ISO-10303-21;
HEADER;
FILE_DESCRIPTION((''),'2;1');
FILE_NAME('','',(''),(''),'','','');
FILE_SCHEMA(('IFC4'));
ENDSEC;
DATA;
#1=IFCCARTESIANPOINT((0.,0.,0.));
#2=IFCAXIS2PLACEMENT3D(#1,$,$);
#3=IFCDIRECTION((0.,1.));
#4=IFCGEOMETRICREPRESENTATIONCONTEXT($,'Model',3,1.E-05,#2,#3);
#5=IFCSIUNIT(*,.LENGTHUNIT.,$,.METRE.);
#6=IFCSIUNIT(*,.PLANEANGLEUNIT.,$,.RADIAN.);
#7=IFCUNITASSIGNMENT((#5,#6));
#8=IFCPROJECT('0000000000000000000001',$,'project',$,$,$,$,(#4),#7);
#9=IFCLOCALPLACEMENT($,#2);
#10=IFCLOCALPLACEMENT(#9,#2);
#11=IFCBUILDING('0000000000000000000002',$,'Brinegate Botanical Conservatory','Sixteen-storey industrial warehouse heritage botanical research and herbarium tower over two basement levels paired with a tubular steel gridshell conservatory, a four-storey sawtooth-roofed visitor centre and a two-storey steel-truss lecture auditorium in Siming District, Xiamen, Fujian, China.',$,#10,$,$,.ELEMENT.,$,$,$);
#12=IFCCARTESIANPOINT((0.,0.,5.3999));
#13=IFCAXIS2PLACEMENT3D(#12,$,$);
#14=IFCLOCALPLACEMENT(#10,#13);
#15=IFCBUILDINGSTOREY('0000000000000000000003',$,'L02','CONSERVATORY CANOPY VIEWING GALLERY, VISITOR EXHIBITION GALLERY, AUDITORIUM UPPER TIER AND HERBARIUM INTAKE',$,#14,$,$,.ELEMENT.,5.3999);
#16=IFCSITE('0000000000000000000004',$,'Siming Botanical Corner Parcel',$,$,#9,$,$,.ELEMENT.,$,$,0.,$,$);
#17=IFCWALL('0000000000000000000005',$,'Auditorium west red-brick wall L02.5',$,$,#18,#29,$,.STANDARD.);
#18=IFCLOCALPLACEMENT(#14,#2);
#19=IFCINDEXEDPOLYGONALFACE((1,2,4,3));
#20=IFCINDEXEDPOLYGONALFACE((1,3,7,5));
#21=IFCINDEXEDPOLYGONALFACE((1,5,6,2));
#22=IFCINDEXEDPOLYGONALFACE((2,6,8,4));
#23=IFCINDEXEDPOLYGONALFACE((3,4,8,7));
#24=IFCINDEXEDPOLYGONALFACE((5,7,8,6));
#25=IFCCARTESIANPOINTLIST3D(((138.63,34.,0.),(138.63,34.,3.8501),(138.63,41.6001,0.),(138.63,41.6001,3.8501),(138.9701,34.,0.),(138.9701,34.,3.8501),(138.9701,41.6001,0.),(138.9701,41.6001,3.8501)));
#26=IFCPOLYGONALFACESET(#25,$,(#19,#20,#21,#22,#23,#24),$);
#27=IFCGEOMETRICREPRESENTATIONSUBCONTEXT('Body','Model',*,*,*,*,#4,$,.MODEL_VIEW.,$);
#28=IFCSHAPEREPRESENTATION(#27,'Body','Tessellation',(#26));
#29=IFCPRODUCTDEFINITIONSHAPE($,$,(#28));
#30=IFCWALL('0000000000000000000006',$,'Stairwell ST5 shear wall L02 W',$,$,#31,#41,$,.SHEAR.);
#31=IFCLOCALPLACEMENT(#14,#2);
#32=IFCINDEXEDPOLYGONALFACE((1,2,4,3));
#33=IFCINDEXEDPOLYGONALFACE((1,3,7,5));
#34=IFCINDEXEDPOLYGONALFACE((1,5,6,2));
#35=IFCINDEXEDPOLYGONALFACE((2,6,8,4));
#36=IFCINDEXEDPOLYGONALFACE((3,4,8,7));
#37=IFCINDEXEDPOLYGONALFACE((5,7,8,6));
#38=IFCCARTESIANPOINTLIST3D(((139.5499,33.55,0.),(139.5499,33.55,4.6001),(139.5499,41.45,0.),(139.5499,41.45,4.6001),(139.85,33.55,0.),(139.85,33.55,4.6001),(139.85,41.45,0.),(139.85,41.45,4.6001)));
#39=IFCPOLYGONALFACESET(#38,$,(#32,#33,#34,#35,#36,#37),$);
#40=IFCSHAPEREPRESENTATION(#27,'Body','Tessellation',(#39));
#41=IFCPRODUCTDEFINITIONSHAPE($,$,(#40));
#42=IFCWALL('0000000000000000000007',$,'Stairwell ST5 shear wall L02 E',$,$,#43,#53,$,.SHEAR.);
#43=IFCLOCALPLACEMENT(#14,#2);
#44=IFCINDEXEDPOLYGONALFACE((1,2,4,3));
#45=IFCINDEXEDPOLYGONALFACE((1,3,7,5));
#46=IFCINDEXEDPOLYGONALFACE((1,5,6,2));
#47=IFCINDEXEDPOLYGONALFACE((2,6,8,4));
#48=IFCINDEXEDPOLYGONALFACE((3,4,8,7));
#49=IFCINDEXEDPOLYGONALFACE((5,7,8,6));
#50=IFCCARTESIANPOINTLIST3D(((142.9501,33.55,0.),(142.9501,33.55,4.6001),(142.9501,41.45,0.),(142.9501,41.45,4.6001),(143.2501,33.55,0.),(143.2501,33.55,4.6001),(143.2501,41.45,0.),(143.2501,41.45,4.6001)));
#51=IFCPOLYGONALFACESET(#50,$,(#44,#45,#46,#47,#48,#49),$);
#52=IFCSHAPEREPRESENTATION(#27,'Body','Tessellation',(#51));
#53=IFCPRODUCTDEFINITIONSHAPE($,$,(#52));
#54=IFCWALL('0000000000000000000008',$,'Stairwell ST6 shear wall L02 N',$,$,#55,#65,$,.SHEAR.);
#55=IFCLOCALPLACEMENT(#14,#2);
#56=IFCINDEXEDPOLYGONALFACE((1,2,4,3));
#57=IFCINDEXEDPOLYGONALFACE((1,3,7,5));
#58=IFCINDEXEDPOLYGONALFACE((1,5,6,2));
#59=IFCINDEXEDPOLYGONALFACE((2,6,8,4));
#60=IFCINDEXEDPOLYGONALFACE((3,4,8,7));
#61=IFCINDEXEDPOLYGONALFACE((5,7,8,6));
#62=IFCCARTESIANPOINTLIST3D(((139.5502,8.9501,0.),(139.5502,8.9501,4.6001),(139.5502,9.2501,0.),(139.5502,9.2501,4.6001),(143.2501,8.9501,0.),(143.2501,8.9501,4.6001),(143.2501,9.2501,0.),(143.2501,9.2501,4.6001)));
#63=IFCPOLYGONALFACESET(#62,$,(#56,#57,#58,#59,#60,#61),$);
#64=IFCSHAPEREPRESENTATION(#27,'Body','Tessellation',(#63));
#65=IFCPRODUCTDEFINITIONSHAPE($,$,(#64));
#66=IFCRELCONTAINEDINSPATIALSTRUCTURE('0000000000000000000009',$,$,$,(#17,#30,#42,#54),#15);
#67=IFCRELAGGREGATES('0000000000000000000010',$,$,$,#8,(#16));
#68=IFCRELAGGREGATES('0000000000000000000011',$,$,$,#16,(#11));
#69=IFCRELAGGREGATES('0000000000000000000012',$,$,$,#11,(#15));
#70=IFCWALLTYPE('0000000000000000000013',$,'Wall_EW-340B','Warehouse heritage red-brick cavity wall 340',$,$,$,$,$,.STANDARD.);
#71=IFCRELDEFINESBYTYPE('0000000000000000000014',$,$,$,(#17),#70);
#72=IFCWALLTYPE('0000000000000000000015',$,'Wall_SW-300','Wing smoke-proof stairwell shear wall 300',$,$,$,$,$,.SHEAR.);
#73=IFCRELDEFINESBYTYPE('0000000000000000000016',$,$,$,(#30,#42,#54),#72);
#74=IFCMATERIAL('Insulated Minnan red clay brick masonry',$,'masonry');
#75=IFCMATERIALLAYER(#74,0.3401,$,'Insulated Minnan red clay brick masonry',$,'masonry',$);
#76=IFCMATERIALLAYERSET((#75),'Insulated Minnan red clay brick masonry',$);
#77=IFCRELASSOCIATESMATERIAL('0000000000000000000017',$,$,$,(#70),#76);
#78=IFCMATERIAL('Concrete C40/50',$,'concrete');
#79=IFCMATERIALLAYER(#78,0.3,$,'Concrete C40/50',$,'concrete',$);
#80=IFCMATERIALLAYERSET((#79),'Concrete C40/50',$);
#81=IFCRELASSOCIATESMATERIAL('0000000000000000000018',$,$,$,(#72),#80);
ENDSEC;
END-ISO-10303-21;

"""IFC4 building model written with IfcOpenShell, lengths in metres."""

from ifc_helpers import new_model, si_unit, direction, frame, frame_2d, origin, place, context, subcontext, project, spatial, rectangle, extrude, material, layer, layer_set, type_object, element, save


model = new_model("IFC4")

# Units and contexts
model_context = context("Model", 3, precision=1e-05, world=origin(), true_north=direction((0.0, 1.0)))
body_context = subcontext(model_context, "Body", "Model", "MODEL_VIEW")
ifc_project = project(units=[si_unit("LENGTHUNIT", "METRE"), si_unit("PLANEANGLEUNIT", "RADIAN")], contexts=[model_context])

# Site, building, storey
site_placement = place(None, origin())
site = spatial("IfcSite", under=ifc_project, at=site_placement, Name="Siming Botanical Corner Parcel", CompositionType="ELEMENT", RefElevation=0.0)
building_placement = place(site_placement, origin())
building = spatial("IfcBuilding", under=site, at=building_placement, Name="Brinegate Botanical Conservatory", Description="Sixteen-storey industrial warehouse heritage botanical research and herbarium tower over two basement levels paired with a tubular steel gridshell conservatory, a four-storey sawtooth-roofed visitor centre and a two-storey steel-truss lecture auditorium in Siming District, Xiamen, Fujian, China.", CompositionType="ELEMENT")
storey_placement = place(building_placement, frame((0.0, 0.0, 5.3999)))
storey = spatial("IfcBuildingStorey", under=building, at=storey_placement, Name="L02", Description="CONSERVATORY CANOPY VIEWING GALLERY, VISITOR EXHIBITION GALLERY, AUDITORIUM UPPER TIER AND HERBARIUM INTAKE", CompositionType="ELEMENT", Elevation=5.3999)

# Shared definitions
ifc_material_1 = material(Name="Concrete C40/50", Category="concrete")

# Shared definitions
ifc_material_2 = material(Name="Insulated Minnan red clay brick masonry", Category="masonry")
ifc_layer_1 = layer(ifc_material_2, 0.3401, Name="Insulated Minnan red clay brick masonry", Category="masonry")
ifc_layer_set_1 = layer_set([ifc_layer_1], Name="Insulated Minnan red clay brick masonry")
wall_type_1 = type_object("IfcWallType", Name="Wall_EW-340B", Description="Warehouse heritage red-brick cavity wall 340", PredefinedType="STANDARD", material=ifc_layer_set_1)

# Wall
wall_1_placement = place(storey_placement, frame((138.8, 34.0, 0.0), z_axis=(0.0, 0.0, 1.0), x_axis=(0.0, 1.0, 0.0)))
element("IfcWall", 1, at=wall_1_placement, inside=storey, type_object=wall_type_1, Name="Auditorium west red-brick wall L02.5", PredefinedType="STANDARD", context=body_context, shape_type="SweptSolid", body=[
    extrude(rectangle(XDim=7.6001, YDim=0.3401, at=frame_2d((3.8, 0.0))), origin(), (0.0, 0.0, 1.0), 3.8501),
])

# Shared definitions
ifc_layer_2 = layer(ifc_material_1, 0.3, Name="Concrete C40/50", Category="concrete")
ifc_layer_set_2 = layer_set([ifc_layer_2], Name="Concrete C40/50")
wall_type_2 = type_object("IfcWallType", Name="Wall_SW-300", Description="Wing smoke-proof stairwell shear wall 300", PredefinedType="SHEAR", material=ifc_layer_set_2)

# Walls
for number, where, z_axis, x_axis, name in (
    (2, (139.7, 33.55, 0.0), (0.0, 0.0, 1.0), (0.0, 1.0, 0.0), "Stairwell ST5 shear wall L02 W"),
    (3, (143.1001, 33.55, 0.0), (0.0, 0.0, 1.0), (0.0, 1.0, 0.0), "Stairwell ST5 shear wall L02 E"),
):
    element("IfcWall", number, at=place(storey_placement, frame(where, z_axis=z_axis, x_axis=x_axis)), inside=storey, type_object=wall_type_2, Name=name, PredefinedType="SHEAR", context=body_context, shape_type="SweptSolid", body=[
        extrude(rectangle(XDim=7.8999, YDim=0.3, at=frame_2d((3.95, 0.0))), origin(), (0.0, 0.0, 1.0), 4.6001),
    ])
wall_2_placement = place(storey_placement, frame((139.55, 9.1001, 0.0), z_axis=(0.0, 0.0, 1.0), x_axis=(1.0, 0.0, 0.0)))
element("IfcWall", 4, at=wall_2_placement, inside=storey, type_object=wall_type_2, Name="Stairwell ST6 shear wall L02 N", PredefinedType="SHEAR", context=body_context, shape_type="SweptSolid", body=[
    extrude(rectangle(XDim=3.7, YDim=0.3, at=frame_2d((1.8501, 0.0))), origin(), (0.0, 0.0, 1.0), 4.6001),
])

save(model, "model.ifc")
